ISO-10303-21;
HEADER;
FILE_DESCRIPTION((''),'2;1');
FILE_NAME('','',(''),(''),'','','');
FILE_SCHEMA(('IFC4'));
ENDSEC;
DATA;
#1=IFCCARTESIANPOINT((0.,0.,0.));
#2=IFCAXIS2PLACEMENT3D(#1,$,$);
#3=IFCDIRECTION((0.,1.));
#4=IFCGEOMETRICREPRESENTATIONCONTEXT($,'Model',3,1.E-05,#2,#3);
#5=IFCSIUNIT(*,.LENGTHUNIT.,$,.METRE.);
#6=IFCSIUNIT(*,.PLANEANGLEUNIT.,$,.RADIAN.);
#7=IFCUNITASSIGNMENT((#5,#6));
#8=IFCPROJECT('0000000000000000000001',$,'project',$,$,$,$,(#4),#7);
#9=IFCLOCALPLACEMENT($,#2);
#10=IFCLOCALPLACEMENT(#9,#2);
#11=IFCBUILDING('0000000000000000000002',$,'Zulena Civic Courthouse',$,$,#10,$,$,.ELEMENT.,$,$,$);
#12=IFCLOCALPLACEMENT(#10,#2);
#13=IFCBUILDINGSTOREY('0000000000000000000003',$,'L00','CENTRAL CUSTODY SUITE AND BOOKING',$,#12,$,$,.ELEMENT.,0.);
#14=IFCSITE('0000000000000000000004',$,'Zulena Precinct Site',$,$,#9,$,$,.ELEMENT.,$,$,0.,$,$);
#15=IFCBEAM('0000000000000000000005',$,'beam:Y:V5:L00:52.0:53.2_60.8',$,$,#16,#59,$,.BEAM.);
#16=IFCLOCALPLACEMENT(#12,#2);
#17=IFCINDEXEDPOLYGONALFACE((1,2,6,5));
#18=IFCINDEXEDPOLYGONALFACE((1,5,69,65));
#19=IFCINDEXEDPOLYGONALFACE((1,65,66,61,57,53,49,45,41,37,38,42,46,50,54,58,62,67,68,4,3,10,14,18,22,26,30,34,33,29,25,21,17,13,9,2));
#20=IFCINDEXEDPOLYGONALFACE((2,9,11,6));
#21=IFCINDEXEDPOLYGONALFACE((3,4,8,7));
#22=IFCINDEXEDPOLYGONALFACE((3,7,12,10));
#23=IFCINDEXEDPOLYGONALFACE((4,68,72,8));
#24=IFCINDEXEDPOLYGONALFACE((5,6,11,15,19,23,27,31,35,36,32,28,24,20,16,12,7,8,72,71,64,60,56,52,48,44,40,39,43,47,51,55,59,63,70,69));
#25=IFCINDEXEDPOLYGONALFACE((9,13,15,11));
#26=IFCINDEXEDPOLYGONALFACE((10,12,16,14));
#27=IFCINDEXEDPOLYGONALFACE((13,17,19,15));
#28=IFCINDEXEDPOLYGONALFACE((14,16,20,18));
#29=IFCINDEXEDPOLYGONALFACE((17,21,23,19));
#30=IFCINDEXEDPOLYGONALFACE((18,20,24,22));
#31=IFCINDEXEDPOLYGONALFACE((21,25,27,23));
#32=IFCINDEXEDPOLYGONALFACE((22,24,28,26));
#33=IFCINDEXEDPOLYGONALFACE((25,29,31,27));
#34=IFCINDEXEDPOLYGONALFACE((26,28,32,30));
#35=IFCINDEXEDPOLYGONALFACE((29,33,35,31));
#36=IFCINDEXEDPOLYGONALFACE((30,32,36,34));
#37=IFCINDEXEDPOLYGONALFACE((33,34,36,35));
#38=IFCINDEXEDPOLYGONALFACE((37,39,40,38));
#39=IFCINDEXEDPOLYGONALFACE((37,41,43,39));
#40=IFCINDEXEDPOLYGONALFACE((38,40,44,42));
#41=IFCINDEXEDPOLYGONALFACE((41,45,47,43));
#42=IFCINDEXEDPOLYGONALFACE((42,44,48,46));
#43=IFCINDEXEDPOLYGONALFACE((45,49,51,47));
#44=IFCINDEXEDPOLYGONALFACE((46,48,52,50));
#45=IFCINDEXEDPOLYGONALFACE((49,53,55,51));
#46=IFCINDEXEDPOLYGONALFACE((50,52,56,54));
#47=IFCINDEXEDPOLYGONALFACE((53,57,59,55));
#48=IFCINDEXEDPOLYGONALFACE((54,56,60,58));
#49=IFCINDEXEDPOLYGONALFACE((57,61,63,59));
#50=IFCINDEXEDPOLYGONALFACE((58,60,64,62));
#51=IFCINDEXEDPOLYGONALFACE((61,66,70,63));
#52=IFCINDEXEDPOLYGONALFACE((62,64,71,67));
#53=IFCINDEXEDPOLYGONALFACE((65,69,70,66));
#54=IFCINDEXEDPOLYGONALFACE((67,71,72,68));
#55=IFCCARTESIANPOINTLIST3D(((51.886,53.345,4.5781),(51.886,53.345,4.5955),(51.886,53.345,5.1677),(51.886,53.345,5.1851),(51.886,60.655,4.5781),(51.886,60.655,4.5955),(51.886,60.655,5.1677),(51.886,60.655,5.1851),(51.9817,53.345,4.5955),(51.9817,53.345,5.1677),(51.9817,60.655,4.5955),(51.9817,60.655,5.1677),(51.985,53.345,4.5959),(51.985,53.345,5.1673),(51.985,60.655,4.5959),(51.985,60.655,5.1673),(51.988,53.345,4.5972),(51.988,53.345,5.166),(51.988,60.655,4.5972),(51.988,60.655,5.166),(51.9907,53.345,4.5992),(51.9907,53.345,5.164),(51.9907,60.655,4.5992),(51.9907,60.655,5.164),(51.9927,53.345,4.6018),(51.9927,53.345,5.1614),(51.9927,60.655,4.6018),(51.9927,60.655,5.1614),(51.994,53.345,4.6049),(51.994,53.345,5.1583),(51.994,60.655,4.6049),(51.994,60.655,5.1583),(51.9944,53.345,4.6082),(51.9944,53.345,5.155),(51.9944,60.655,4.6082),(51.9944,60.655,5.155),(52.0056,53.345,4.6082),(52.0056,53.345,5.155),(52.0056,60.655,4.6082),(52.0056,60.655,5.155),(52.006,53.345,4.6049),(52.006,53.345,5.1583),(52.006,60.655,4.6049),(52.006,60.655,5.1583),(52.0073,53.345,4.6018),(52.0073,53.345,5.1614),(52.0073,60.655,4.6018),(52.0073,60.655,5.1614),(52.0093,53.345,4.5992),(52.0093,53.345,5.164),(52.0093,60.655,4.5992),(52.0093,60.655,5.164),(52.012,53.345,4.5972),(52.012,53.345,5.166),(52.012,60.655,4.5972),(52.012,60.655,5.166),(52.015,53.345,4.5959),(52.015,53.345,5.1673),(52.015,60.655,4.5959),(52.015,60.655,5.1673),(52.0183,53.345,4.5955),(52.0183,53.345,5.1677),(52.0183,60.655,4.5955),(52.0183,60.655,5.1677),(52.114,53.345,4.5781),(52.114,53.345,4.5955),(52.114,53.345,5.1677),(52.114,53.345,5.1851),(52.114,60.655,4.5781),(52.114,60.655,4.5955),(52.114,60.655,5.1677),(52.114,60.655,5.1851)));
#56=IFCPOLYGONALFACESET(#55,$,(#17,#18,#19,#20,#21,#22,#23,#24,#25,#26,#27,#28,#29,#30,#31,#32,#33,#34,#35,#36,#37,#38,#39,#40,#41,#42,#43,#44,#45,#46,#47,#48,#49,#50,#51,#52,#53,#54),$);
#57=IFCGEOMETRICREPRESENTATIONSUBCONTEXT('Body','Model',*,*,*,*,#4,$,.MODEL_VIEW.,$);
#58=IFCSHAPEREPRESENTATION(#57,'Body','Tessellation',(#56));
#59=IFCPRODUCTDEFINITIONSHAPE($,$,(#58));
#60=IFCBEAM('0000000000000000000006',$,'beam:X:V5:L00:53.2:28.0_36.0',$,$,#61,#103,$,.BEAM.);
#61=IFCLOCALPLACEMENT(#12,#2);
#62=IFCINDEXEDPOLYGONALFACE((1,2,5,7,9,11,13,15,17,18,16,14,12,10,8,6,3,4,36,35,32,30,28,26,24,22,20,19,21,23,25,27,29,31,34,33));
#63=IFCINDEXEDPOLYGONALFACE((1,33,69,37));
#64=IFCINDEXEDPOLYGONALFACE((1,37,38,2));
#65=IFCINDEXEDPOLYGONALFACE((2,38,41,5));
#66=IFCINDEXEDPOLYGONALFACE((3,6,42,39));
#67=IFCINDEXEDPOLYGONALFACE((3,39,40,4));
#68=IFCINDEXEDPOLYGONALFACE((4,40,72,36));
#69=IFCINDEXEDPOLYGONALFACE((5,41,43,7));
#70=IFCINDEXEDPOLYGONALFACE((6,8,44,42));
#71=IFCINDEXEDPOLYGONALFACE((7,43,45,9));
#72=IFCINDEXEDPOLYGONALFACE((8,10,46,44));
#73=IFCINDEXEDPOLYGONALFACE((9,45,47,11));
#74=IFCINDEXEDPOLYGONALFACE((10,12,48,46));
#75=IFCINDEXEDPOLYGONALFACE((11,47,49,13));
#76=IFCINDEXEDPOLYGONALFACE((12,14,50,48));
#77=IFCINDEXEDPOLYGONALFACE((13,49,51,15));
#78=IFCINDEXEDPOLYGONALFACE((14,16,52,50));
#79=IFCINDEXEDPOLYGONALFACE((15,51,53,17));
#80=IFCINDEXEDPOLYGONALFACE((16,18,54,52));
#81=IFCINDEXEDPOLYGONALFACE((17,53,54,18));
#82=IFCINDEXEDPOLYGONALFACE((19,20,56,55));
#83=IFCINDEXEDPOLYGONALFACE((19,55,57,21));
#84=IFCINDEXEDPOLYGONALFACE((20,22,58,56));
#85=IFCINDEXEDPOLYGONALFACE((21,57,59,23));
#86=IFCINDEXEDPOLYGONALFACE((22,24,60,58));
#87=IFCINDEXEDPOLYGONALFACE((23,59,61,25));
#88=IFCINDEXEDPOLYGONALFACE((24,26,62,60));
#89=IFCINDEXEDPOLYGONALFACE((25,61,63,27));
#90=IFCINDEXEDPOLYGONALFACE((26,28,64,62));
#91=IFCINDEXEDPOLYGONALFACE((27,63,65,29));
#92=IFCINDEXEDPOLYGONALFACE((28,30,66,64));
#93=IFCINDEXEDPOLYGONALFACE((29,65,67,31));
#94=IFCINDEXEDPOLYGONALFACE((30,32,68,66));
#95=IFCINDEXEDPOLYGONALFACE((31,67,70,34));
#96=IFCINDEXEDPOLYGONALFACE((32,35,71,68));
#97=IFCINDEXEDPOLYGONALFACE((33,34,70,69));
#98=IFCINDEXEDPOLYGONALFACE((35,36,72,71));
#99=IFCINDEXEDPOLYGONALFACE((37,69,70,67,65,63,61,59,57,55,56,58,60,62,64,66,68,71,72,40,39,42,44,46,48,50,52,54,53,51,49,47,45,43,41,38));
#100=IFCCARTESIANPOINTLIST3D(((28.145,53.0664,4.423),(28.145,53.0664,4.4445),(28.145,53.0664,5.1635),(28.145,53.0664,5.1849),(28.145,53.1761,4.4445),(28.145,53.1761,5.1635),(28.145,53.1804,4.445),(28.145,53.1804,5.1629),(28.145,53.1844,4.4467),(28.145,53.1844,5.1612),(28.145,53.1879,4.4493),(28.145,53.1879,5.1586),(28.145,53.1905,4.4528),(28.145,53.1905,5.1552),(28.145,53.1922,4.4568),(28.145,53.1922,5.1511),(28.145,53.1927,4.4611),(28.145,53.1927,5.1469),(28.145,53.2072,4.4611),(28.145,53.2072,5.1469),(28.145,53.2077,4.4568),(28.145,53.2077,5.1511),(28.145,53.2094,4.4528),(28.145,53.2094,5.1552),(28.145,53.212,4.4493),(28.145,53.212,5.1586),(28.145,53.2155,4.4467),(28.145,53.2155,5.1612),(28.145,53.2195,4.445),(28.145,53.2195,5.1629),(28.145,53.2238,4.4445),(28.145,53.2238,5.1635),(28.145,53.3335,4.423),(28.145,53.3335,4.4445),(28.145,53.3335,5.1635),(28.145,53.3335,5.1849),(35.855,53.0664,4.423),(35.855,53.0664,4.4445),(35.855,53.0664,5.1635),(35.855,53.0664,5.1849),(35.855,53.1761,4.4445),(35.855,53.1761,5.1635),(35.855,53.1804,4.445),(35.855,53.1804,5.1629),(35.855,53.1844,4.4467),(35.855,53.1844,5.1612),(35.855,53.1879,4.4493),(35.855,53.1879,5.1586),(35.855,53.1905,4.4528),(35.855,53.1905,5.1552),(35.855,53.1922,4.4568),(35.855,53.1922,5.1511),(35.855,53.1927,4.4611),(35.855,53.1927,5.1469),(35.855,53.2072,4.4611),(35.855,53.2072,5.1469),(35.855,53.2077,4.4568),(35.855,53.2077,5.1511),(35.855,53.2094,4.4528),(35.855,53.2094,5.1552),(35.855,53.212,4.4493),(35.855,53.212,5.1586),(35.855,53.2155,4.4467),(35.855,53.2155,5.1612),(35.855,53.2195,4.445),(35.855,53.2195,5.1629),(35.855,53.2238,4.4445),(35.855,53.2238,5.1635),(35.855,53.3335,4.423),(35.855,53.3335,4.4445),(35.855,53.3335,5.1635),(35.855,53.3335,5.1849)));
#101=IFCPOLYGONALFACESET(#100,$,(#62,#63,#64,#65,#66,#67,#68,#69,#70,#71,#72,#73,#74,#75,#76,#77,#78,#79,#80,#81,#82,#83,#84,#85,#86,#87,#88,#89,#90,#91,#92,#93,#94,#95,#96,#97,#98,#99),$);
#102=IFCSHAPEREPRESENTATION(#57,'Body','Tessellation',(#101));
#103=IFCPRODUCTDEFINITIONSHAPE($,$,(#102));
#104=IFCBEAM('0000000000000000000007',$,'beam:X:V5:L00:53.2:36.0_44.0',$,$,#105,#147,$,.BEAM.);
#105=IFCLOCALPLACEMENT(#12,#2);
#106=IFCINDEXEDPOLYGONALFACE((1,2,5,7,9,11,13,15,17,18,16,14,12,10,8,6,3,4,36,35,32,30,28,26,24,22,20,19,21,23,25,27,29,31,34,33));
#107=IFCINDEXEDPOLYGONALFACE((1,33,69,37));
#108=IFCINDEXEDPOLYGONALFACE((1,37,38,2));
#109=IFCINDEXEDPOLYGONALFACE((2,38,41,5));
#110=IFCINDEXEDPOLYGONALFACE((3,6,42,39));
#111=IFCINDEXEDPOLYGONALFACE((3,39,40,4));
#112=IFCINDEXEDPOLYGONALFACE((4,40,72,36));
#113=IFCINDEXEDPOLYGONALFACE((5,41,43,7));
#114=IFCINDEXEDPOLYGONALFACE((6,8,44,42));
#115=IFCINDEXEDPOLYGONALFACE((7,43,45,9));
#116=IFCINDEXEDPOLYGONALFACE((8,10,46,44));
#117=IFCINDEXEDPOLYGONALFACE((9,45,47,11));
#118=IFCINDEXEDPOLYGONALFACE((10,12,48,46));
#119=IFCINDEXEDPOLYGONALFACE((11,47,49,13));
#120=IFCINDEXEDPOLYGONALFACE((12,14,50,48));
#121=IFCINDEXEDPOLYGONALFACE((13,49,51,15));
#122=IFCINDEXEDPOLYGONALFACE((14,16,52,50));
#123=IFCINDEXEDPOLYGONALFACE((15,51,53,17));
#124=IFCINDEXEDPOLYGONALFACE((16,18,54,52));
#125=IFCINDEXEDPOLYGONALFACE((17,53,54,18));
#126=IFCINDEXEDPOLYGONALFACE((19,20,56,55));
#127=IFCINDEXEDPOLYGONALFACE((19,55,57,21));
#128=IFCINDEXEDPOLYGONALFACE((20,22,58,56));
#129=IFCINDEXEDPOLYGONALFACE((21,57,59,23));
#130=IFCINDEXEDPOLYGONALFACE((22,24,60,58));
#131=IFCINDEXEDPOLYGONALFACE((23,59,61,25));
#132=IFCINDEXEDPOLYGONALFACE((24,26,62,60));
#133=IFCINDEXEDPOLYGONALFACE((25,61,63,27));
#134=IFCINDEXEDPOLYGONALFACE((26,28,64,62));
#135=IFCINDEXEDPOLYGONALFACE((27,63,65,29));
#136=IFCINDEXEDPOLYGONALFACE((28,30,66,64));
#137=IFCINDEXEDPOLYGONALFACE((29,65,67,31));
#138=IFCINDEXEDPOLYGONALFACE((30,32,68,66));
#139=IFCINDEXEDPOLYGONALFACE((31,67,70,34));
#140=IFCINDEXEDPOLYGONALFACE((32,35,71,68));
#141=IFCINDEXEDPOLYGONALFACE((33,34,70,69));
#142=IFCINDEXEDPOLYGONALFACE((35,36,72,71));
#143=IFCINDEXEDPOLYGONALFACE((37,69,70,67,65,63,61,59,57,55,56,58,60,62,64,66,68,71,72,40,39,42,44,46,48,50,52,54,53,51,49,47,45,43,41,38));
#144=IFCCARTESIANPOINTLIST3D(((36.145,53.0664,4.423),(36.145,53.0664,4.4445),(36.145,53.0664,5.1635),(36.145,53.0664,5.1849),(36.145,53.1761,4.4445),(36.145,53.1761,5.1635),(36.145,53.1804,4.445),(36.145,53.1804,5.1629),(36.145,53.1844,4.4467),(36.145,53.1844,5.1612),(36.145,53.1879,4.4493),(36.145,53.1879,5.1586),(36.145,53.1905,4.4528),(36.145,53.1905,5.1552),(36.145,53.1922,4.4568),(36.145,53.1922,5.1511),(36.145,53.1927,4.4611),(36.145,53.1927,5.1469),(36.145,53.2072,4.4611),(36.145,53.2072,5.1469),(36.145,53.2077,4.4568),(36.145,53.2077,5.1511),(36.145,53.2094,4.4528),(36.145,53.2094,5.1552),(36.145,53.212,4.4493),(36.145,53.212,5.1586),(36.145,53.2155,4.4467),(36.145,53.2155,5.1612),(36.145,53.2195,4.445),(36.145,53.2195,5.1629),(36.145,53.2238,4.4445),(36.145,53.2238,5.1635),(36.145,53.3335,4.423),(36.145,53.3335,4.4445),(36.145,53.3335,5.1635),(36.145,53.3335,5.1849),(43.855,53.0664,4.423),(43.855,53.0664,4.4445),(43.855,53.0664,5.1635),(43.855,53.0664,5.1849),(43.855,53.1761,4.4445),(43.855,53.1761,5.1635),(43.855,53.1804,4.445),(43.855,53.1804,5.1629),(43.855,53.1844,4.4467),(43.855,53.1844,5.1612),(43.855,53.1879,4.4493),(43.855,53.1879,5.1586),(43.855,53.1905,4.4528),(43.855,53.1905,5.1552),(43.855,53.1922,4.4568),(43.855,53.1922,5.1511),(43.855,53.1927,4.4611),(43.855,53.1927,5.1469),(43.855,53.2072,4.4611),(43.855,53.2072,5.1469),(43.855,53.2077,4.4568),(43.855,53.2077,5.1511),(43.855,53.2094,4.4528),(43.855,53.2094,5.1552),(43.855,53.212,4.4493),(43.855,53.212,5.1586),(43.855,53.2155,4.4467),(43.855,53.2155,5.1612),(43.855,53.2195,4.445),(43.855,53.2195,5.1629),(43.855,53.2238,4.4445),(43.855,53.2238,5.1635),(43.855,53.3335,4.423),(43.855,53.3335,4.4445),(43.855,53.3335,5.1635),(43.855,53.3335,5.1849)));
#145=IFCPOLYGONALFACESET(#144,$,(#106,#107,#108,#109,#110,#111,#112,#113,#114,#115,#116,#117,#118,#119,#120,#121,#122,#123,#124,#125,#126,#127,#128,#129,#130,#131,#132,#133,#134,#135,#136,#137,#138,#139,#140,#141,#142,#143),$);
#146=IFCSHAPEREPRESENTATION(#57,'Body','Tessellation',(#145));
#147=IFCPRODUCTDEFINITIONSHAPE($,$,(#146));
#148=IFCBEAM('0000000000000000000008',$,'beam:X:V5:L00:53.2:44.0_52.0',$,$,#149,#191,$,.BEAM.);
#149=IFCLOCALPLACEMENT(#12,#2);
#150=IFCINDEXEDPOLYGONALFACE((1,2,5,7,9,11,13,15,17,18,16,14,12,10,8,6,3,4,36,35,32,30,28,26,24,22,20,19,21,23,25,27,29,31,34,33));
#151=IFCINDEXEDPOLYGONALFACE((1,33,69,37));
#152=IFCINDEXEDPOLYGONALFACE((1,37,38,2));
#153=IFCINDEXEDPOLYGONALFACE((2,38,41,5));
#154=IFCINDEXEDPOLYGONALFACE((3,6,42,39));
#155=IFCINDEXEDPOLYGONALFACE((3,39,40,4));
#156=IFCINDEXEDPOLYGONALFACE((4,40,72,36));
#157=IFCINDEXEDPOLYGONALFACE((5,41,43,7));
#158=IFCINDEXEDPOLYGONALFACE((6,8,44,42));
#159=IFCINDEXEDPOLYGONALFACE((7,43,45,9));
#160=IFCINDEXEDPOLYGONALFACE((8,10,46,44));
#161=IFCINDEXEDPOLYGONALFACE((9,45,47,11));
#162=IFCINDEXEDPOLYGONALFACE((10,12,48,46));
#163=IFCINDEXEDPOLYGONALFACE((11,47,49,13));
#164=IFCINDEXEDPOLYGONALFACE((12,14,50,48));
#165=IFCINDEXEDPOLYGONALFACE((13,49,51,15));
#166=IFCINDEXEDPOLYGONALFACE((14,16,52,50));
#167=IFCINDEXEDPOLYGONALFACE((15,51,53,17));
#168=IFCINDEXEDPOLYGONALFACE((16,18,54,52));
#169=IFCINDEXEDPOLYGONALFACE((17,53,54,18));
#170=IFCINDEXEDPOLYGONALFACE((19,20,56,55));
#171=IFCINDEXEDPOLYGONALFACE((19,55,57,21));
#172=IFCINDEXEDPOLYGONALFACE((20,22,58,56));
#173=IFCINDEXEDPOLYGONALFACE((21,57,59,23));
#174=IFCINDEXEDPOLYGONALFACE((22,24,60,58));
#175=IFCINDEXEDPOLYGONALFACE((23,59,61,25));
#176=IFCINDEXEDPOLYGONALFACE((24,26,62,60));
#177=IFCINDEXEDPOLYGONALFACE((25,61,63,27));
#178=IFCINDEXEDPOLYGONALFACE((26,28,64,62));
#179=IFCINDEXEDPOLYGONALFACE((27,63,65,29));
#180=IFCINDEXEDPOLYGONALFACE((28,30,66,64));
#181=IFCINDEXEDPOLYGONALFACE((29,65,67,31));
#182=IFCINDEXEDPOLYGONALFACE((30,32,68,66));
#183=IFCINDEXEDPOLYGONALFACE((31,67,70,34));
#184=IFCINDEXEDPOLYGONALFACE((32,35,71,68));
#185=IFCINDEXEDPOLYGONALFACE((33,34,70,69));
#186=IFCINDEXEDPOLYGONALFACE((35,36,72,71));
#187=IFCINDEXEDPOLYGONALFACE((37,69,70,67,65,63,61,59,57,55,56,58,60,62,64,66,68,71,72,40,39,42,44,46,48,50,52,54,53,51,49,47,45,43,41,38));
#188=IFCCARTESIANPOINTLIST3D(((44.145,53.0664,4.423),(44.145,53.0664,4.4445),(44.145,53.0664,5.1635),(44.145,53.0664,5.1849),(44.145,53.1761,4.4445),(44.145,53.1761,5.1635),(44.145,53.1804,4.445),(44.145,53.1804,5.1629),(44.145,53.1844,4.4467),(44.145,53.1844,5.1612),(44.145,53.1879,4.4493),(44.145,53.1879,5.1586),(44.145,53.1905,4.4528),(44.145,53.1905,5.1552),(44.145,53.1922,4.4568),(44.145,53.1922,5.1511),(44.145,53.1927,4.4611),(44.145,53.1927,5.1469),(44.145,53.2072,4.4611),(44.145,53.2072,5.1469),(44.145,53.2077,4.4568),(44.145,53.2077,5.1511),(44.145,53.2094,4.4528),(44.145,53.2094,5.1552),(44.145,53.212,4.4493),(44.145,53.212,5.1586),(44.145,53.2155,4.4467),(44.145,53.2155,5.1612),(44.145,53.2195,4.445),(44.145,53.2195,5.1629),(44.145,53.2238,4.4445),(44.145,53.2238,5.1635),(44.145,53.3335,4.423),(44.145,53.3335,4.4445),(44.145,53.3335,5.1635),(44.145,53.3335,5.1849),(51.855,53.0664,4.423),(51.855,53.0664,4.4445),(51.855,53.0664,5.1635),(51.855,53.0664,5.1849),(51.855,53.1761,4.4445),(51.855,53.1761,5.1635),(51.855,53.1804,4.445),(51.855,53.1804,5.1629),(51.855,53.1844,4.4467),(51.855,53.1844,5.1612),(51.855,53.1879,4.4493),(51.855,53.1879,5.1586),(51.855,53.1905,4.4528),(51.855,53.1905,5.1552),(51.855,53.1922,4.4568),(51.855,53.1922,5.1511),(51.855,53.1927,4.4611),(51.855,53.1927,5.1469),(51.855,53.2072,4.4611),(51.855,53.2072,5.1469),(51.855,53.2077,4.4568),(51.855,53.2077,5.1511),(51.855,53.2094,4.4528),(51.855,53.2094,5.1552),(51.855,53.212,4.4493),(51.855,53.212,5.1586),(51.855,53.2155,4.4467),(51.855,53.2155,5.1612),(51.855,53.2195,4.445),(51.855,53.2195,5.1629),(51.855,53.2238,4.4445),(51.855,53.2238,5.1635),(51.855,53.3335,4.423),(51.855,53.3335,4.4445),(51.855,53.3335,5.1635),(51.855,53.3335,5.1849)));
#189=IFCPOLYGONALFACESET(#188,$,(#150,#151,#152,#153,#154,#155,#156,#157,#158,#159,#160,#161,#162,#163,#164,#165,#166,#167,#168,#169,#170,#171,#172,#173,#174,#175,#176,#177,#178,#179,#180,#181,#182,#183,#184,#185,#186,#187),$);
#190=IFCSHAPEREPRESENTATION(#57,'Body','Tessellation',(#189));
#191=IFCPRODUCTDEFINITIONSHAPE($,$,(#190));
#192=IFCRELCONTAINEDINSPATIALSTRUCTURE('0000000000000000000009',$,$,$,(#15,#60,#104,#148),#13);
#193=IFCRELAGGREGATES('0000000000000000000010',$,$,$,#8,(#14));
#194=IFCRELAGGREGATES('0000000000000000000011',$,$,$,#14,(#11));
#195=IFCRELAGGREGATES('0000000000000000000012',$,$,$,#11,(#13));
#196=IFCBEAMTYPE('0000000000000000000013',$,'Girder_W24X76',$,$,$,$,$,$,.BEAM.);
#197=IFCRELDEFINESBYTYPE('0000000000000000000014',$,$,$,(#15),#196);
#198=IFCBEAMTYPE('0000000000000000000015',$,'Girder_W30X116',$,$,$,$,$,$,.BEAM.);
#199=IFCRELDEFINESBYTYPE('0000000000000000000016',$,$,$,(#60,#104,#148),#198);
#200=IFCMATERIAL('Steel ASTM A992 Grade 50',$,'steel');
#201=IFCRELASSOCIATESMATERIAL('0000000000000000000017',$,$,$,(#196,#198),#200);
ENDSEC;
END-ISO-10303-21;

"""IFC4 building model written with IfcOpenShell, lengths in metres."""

from ifc_helpers import new_model, si_unit, direction, frame, origin, origin_2d, place, context, subcontext, project, spatial, i_section, extrude, material, material_profile, profile_set, type_object, element, save


model = new_model("IFC4")

# Units and contexts
model_context = context("Model", 3, precision=1e-05, world=origin(), true_north=direction((0.0, 1.0)))
body_context = subcontext(model_context, "Body", "Model", "MODEL_VIEW")
ifc_project = project(units=[si_unit("LENGTHUNIT", "METRE"), si_unit("PLANEANGLEUNIT", "RADIAN")], contexts=[model_context])

# Site, building, storey
site_placement = place(None, origin())
site = spatial("IfcSite", under=ifc_project, at=site_placement, Name="Zulena Precinct Site", CompositionType="ELEMENT", RefElevation=0.0)
building_placement = place(site_placement, origin())
building = spatial("IfcBuilding", under=site, at=building_placement, Name="Zulena Civic Courthouse", CompositionType="ELEMENT")
storey_placement = place(building_placement, origin())
storey = spatial("IfcBuildingStorey", under=building, at=storey_placement, Name="L00", Description="CENTRAL CUSTODY SUITE AND BOOKING", CompositionType="ELEMENT", Elevation=0.0)

# Shared definitions
ifc_material_1 = material(Name="Steel ASTM A992 Grade 50", Category="steel")

# Beams
ifc_material_profile_1 = material_profile(ifc_material_1, i_section(OverallWidth=0.228, OverallDepth=0.6069, WebThickness=0.0112, FlangeThickness=0.0173, FilletRadius=0.0127, at=origin_2d()), Name="W24X76")
ifc_profile_set_1 = profile_set([ifc_material_profile_1], Name="Steel ASTM A992 Grade 50")
beam_type_1 = type_object("IfcBeamType", Name="Girder_W24X76", PredefinedType="BEAM", material=ifc_profile_set_1)
for number, where, z_axis, x_axis, name in (
    (1, (52.0, 53.345, 4.8816), (0.0, 1.0, 0.0), (-1.0, 0.0, 0.0), "beam:Y:V5:L00:52.0:53.2_60.8"),
):
    element("IfcBeam", number, at=place(storey_placement, frame(where, z_axis=z_axis, x_axis=x_axis)), inside=storey, type_object=beam_type_1, Name=name, PredefinedType="BEAM", context=body_context, shape_type="SweptSolid", body=[
        extrude(i_section(OverallWidth=0.228, OverallDepth=0.6069, WebThickness=0.0112, FlangeThickness=0.0173, FilletRadius=0.0127, at=origin_2d()), origin(), (0.0, 0.0, 1.0), 7.3101),
    ])
ifc_material_profile_2 = material_profile(ifc_material_1, i_section(OverallWidth=0.2671, OverallDepth=0.762, WebThickness=0.0144, FlangeThickness=0.0215, FilletRadius=0.0166, at=origin_2d()), Name="W30X116")
ifc_profile_set_2 = profile_set([ifc_material_profile_2], Name="Steel ASTM A992 Grade 50")
beam_type_2 = type_object("IfcBeamType", Name="Girder_W30X116", PredefinedType="BEAM", material=ifc_profile_set_2)
for number, where, z_axis, x_axis, name in (
    (2, (28.145, 53.2, 4.804), (1.0, 0.0, 0.0), (0.0, 1.0, 0.0), "beam:X:V5:L00:53.2:28.0_36.0"),
    (3, (36.145, 53.2, 4.804), (1.0, 0.0, 0.0), (0.0, 1.0, 0.0), "beam:X:V5:L00:53.2:36.0_44.0"),
    (4, (44.145, 53.2, 4.804), (1.0, 0.0, 0.0), (0.0, 1.0, 0.0), "beam:X:V5:L00:53.2:44.0_52.0"),
):
    element("IfcBeam", number, at=place(storey_placement, frame(where, z_axis=z_axis, x_axis=x_axis)), inside=storey, type_object=beam_type_2, Name=name, PredefinedType="BEAM", context=body_context, shape_type="SweptSolid", body=[
        extrude(i_section(OverallWidth=0.2671, OverallDepth=0.762, WebThickness=0.0144, FlangeThickness=0.0215, FilletRadius=0.0166, at=origin_2d()), origin(), (0.0, 0.0, 1.0), 7.71),
    ])

save(model, "model.ifc")
